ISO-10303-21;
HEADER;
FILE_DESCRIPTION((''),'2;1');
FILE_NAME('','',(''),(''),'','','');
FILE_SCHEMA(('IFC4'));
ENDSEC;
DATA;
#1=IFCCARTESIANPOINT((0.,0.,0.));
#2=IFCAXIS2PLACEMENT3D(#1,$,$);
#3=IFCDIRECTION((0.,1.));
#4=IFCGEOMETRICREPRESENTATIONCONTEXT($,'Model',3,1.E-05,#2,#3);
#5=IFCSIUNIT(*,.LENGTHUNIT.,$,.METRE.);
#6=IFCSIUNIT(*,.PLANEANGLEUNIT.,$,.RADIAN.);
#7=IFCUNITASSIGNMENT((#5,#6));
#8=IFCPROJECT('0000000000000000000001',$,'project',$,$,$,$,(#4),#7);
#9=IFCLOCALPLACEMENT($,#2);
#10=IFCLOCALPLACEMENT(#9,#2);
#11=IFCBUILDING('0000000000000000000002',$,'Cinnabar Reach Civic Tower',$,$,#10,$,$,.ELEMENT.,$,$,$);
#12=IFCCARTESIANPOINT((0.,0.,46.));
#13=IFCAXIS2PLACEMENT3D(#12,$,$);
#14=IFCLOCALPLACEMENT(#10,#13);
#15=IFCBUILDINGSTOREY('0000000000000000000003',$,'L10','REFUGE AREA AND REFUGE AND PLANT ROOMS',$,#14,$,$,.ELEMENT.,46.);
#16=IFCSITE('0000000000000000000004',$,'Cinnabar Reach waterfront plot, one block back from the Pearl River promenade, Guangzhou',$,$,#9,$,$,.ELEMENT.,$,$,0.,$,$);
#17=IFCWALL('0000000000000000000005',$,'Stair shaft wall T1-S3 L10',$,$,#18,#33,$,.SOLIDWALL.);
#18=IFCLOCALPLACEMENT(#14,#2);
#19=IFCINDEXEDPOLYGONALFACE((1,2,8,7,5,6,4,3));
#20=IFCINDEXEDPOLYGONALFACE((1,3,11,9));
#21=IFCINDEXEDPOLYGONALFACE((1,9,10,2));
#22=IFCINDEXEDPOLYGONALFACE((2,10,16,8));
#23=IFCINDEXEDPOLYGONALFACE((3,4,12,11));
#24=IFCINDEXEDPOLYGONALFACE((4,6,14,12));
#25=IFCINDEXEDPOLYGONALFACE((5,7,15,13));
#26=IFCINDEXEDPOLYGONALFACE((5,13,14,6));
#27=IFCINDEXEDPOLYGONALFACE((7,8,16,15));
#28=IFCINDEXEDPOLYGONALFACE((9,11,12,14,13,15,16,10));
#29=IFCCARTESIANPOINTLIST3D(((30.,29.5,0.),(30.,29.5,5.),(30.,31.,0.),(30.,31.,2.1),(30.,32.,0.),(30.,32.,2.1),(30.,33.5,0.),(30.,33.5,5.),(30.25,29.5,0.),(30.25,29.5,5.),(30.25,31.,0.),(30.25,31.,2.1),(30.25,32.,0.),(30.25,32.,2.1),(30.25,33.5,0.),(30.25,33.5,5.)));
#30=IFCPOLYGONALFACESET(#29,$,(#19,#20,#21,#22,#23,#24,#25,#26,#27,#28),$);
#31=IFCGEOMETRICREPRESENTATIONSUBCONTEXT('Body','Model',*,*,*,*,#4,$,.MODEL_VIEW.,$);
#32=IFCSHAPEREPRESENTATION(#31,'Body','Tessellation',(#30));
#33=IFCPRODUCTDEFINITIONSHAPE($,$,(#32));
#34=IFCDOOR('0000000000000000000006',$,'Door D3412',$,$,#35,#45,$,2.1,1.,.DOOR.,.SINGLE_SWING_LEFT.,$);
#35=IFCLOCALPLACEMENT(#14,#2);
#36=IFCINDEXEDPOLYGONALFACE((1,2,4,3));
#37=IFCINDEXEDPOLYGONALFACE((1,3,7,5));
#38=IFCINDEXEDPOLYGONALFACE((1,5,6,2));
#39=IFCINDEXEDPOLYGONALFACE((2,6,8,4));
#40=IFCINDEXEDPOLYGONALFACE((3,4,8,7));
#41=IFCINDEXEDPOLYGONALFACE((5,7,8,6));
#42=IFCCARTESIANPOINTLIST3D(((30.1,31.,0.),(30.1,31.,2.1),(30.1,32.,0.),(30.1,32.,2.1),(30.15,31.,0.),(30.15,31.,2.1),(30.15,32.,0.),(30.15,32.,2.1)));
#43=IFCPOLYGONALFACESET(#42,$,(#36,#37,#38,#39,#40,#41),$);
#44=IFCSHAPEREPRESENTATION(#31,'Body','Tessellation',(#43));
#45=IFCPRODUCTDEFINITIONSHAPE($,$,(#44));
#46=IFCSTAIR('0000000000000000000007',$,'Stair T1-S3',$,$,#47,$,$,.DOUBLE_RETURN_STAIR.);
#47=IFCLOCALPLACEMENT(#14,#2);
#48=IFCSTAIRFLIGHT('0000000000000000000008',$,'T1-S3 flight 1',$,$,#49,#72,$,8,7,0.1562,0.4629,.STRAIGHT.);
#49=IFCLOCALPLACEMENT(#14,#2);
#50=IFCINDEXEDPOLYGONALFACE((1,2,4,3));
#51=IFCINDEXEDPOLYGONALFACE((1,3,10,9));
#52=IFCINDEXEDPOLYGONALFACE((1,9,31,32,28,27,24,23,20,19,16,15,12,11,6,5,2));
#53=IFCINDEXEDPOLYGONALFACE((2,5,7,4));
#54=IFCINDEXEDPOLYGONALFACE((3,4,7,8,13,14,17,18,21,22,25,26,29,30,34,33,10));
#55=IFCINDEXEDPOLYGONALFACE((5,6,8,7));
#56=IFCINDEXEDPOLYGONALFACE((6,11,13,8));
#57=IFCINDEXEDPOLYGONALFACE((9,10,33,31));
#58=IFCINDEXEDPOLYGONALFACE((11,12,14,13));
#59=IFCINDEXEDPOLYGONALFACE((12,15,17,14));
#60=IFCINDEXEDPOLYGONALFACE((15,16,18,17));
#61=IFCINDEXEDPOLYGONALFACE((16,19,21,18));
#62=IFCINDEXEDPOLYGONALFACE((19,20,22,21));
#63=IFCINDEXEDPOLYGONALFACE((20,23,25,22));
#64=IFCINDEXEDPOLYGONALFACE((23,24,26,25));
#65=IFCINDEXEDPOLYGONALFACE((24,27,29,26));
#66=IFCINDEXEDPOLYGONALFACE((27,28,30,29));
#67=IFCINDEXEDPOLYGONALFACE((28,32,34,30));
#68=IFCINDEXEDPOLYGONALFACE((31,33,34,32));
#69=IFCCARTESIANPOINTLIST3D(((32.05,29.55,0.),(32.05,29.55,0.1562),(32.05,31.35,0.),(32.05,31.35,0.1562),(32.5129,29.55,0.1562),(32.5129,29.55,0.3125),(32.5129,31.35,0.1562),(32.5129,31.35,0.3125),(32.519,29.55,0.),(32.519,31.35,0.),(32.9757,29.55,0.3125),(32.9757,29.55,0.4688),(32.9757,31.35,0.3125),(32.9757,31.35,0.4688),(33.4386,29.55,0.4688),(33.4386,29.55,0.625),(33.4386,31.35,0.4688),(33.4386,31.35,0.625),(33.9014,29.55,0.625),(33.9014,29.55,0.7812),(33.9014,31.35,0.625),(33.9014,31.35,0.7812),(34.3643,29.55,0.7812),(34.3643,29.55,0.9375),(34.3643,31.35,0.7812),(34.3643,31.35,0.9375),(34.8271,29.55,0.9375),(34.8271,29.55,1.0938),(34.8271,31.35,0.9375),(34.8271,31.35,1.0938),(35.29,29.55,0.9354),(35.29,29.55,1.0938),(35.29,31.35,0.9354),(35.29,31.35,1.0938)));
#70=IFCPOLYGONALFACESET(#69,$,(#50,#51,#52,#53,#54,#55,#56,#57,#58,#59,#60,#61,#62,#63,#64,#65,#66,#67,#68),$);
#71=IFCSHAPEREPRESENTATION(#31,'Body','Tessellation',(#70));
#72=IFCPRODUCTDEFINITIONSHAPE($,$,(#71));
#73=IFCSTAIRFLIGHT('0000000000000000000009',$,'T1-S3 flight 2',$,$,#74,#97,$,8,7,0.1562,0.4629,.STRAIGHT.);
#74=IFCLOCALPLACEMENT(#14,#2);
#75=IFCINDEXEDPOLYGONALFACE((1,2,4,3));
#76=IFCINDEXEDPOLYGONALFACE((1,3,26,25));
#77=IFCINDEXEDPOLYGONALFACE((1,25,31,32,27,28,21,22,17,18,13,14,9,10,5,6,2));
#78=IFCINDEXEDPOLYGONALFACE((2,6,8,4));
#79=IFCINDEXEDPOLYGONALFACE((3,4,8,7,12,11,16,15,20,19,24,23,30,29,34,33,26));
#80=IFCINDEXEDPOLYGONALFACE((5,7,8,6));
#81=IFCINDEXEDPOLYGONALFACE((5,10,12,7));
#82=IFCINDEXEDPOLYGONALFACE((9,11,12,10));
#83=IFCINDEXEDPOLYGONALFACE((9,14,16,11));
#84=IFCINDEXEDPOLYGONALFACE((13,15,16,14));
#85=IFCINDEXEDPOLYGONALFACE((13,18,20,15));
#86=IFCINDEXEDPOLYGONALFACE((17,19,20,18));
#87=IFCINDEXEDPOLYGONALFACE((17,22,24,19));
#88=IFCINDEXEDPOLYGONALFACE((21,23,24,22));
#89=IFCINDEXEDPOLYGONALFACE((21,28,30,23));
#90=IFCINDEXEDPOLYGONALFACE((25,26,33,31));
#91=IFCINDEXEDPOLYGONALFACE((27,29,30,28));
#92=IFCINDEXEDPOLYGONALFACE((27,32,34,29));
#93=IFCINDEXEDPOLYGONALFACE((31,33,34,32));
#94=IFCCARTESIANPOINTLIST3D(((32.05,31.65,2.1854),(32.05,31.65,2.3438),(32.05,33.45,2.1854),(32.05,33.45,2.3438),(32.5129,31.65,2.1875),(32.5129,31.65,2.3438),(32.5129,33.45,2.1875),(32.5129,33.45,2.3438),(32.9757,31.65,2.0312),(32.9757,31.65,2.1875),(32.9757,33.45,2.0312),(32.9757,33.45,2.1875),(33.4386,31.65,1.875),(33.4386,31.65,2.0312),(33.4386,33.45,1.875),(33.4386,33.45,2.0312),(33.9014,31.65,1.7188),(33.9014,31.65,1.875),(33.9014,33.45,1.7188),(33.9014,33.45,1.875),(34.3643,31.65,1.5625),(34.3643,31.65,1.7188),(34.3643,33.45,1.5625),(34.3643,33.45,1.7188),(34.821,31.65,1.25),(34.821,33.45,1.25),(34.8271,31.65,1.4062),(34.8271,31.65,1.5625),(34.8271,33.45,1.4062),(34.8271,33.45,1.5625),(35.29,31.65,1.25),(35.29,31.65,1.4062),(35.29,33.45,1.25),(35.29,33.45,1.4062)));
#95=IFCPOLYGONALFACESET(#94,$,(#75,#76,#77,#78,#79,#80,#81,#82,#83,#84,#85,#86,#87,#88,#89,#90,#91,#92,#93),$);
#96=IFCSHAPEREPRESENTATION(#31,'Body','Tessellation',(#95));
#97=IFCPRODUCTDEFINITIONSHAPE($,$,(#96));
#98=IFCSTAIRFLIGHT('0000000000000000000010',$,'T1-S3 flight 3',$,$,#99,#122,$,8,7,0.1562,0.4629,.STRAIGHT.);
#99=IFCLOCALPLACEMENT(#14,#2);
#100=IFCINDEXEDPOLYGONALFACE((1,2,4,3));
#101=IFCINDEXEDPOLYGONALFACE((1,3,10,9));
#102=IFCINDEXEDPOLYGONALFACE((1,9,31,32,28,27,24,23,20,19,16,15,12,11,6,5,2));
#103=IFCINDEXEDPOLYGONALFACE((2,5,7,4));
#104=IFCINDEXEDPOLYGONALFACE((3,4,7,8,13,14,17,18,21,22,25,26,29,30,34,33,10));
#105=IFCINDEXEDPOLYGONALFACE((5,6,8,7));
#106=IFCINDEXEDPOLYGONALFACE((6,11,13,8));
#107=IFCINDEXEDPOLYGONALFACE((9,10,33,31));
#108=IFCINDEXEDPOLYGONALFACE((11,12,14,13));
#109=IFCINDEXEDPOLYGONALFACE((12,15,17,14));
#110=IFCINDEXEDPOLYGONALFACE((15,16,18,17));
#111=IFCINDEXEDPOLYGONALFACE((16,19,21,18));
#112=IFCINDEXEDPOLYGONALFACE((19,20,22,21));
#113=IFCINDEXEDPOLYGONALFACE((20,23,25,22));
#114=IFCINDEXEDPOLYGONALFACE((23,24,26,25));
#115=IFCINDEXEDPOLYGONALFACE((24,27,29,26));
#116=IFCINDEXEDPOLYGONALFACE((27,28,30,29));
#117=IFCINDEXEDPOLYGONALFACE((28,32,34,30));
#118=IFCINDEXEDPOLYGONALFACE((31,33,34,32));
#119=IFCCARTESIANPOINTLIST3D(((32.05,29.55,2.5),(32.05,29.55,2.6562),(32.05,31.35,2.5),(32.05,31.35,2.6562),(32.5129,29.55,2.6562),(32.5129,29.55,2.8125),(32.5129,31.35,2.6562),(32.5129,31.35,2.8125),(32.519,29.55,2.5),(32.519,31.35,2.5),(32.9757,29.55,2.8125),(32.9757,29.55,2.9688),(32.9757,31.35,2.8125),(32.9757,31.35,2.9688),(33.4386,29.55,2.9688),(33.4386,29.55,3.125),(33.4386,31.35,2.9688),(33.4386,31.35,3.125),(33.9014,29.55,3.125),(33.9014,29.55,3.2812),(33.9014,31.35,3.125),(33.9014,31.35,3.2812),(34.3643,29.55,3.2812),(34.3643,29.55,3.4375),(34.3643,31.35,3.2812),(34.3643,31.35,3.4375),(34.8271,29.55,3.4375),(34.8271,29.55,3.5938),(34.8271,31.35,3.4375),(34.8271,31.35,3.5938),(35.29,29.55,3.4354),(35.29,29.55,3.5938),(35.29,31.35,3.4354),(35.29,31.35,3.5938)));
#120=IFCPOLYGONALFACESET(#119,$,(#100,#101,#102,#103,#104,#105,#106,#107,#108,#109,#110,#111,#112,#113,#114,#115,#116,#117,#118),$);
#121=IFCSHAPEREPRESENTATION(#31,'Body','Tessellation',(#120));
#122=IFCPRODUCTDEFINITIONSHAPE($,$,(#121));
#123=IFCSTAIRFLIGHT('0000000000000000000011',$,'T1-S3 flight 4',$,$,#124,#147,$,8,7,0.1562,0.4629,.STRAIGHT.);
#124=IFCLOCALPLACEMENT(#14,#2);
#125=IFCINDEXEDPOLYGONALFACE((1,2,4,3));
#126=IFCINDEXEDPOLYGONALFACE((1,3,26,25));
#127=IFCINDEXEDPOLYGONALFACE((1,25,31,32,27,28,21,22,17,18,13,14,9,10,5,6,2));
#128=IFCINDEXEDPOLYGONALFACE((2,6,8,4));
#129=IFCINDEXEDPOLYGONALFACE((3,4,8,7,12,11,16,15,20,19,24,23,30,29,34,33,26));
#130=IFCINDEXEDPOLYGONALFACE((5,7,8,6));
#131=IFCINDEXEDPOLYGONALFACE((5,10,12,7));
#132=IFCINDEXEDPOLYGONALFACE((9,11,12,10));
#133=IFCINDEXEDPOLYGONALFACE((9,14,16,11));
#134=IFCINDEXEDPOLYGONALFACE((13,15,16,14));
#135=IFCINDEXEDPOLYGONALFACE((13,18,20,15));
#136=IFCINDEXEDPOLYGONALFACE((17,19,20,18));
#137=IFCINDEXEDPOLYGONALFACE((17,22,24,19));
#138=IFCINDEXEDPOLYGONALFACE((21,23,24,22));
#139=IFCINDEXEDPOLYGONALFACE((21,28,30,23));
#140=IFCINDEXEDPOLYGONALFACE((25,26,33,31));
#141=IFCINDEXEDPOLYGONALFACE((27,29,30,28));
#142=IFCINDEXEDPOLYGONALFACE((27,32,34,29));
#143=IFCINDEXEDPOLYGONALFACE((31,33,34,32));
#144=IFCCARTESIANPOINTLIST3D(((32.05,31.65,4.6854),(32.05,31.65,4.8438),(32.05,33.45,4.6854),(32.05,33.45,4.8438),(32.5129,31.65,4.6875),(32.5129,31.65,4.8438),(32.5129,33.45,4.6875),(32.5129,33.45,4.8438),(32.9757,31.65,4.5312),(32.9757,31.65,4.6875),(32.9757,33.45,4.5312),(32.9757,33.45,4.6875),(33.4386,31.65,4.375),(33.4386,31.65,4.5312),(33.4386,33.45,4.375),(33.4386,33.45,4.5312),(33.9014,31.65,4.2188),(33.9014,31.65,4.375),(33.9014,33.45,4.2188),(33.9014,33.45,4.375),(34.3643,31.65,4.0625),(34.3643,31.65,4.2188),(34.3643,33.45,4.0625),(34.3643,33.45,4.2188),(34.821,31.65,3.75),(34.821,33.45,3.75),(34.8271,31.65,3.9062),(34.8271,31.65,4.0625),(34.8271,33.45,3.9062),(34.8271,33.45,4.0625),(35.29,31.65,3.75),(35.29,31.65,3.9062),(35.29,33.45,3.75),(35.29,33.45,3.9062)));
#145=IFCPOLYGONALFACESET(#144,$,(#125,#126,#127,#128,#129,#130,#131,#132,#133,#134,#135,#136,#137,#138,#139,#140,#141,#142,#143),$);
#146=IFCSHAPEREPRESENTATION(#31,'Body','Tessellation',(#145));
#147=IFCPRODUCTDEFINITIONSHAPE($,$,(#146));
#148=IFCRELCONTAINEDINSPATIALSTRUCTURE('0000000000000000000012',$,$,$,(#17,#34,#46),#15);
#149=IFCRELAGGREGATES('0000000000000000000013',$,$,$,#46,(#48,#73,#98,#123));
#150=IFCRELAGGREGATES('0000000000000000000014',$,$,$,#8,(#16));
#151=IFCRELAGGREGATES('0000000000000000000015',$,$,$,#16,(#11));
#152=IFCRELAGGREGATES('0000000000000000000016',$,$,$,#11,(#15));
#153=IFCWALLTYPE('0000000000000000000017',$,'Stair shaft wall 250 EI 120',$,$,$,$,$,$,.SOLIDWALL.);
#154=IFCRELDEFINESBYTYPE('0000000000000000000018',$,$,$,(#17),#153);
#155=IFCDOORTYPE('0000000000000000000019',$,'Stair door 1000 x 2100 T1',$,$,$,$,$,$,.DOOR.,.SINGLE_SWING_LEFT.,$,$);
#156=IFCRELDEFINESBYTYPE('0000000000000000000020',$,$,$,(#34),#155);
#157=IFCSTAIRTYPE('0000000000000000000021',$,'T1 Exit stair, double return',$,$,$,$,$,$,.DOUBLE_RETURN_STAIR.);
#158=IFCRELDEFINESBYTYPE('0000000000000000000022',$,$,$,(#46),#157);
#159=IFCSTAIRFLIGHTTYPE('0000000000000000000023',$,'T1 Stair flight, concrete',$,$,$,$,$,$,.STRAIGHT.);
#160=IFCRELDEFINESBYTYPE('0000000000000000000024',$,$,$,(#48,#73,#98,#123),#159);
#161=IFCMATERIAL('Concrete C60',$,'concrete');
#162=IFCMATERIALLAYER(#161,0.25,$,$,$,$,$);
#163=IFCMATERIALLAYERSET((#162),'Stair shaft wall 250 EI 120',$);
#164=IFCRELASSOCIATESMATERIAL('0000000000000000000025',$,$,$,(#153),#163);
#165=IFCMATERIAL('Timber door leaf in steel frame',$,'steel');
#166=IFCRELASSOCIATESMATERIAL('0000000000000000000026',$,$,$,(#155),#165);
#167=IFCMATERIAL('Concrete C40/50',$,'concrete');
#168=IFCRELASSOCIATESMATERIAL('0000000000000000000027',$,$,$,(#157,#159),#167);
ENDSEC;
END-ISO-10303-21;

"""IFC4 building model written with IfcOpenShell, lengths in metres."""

from ifc_helpers import new_model, si_unit, direction, frame, frame_2d, origin, place, context, subcontext, project, spatial, polyline, rectangle, outline, extrude, material, layer, layer_set, type_object, element, fill, aggregate, save


model = new_model("IFC4")

# Units and contexts
model_context = context("Model", 3, precision=1e-05, world=origin(), true_north=direction((0.0, 1.0)))
body_context = subcontext(model_context, "Body", "Model", "MODEL_VIEW")
ifc_project = project(units=[si_unit("LENGTHUNIT", "METRE"), si_unit("PLANEANGLEUNIT", "RADIAN")], contexts=[model_context])

# Site, building, storey
site_placement = place(None, origin())
site = spatial("IfcSite", under=ifc_project, at=site_placement, Name="Cinnabar Reach waterfront plot, one block back from the Pearl River promenade, Guangzhou", CompositionType="ELEMENT", RefElevation=0.0)
building_placement = place(site_placement, origin())
building = spatial("IfcBuilding", under=site, at=building_placement, Name="Cinnabar Reach Civic Tower", CompositionType="ELEMENT")
storey_placement = place(building_placement, frame((0.0, 0.0, 46.0)))
storey = spatial("IfcBuildingStorey", under=building, at=storey_placement, Name="L10", Description="REFUGE AREA AND REFUGE AND PLANT ROOMS", CompositionType="ELEMENT", Elevation=46.0)

# Shared definitions
ifc_material_1 = material(Name="Concrete C60", Category="concrete")
ifc_layer = layer(ifc_material_1, 0.25)
ifc_layer_set = layer_set([ifc_layer], Name="Stair shaft wall 250 EI 120")
wall_type = type_object("IfcWallType", Name="Stair shaft wall 250 EI 120", PredefinedType="SOLIDWALL", material=ifc_layer_set)

# Wall, opening, door
wall_1_placement = place(storey_placement, frame((30.125, 33.5, 0.0), z_axis=(0.0, 0.0, 1.0), x_axis=(0.0, -1.0, 0.0)))
wall_1 = element("IfcWall", 1, at=wall_1_placement, inside=storey, type_object=wall_type, Name="Stair shaft wall T1-S3 L10", PredefinedType="SOLIDWALL", context=body_context, shape_type="SweptSolid", body=[
    extrude(rectangle(XDim=4.0, YDim=0.25, at=frame_2d((2.0, 0.0))), origin(), (0.0, 0.0, 1.0), 5.0),
])
opening_placement = place(wall_1_placement, frame((1.5, 0.0, 0.0)))
opening = element("IfcOpeningElement", 2, at=opening_placement, cuts=wall_1, PredefinedType="OPENING", context=body_context, shape_type="SweptSolid", body=[
    extrude(rectangle(XDim=1.0, YDim=2.1, at=frame_2d((0.5, 1.05))), frame((0.0, 0.135, 0.0), z_axis=(0.0, -1.0, 0.0), x_axis=(1.0, 0.0, 0.0)), (0.0, 0.0, 1.0), 0.27),
])
ifc_material_2 = material(Name="Timber door leaf in steel frame", Category="steel")
door_type = type_object("IfcDoorType", Name="Stair door 1000 x 2100 T1", OperationType="SINGLE_SWING_LEFT", PredefinedType="DOOR", material=ifc_material_2)
door_placement = place(opening_placement, origin())
door = element("IfcDoor", 3, at=door_placement, inside=storey, type_object=door_type, Name="Door D3412", OperationType="SINGLE_SWING_LEFT", OverallHeight=2.1, OverallWidth=1.0, PredefinedType="DOOR", context=body_context, shape_type="SweptSolid", body=[
    extrude(rectangle(XDim=1.0, YDim=2.1, at=frame_2d((0.5, 1.05))), frame((0.0, 0.025, 0.0), z_axis=(0.0, -1.0, 0.0), x_axis=(1.0, 0.0, 0.0)), (0.0, 0.0, 1.0), 0.05),
])
fill(opening, door)

# Stair, stair flights
ifc_material_3 = material(Name="Concrete C40/50", Category="concrete")
stair_type = type_object("IfcStairType", Name="T1 Exit stair, double return", PredefinedType="DOUBLE_RETURN_STAIR", material=ifc_material_3)
stair_placement = place(storey_placement, origin())
stair = element("IfcStair", 4, at=stair_placement, inside=storey, type_object=stair_type, Name="Stair T1-S3", PredefinedType="DOUBLE_RETURN_STAIR")
stair_flight_type = type_object("IfcStairFlightType", Name="T1 Stair flight, concrete", PredefinedType="STRAIGHT", material=ifc_material_3)
stair_flight_1_placement = place(storey_placement, frame((32.05, 30.45, 0.0), z_axis=(0.0, 0.0, 1.0), x_axis=(1.0, 0.0, 0.0)))
stair_flight_1 = element("IfcStairFlight", 5, at=stair_flight_1_placement, type_object=stair_flight_type, Name="T1-S3 flight 1", NumberOfRisers=8, NumberOfTreads=7, PredefinedType="STRAIGHT", RiserHeight=0.1562, TreadLength=0.4629, context=body_context, shape_type="SweptSolid", body=[
    extrude(outline(polyline([(0.0, 0.0), (0.0, 0.1562), (0.4629, 0.1562), (0.4629, 0.3125), (0.9257, 0.3125), (0.9257, 0.4688), (1.3886, 0.4688), (1.3886, 0.625), (1.8514, 0.625), (1.8514, 0.7812), (2.3143, 0.7812), (2.3143, 0.9375), (2.7771, 0.9375), (2.7771, 1.0938), (3.24, 1.0938), (3.24, 1.25), (3.24, 0.9354), (0.469, 0.0), (0.0, 0.0)])), frame((0.0, 0.9, 0.0), z_axis=(0.0, -1.0, 0.0), x_axis=(1.0, 0.0, 0.0)), (0.0, 0.0, 1.0), 1.8),
])
stair_flight_2_placement = place(storey_placement, frame((35.29, 32.55, 1.25), z_axis=(0.0, 0.0, 1.0), x_axis=(-1.0, 0.0, 0.0)))
stair_flight_2 = element("IfcStairFlight", 6, at=stair_flight_2_placement, type_object=stair_flight_type, Name="T1-S3 flight 2", NumberOfRisers=8, NumberOfTreads=7, PredefinedType="STRAIGHT", RiserHeight=0.1562, TreadLength=0.4629, context=body_context, shape_type="SweptSolid", body=[
    extrude(outline(polyline([(0.0, 0.0), (0.0, 0.1562), (0.4629, 0.1562), (0.4629, 0.3125), (0.9257, 0.3125), (0.9257, 0.4688), (1.3886, 0.4688), (1.3886, 0.625), (1.8514, 0.625), (1.8514, 0.7812), (2.3143, 0.7812), (2.3143, 0.9375), (2.7771, 0.9375), (2.7771, 1.0938), (3.24, 1.0938), (3.24, 1.25), (3.24, 0.9354), (0.469, 0.0), (0.0, 0.0)])), frame((0.0, 0.9, 0.0), z_axis=(0.0, -1.0, 0.0), x_axis=(1.0, 0.0, 0.0)), (0.0, 0.0, 1.0), 1.8),
])
stair_flight_3_placement = place(storey_placement, frame((32.05, 30.45, 2.5), z_axis=(0.0, 0.0, 1.0), x_axis=(1.0, 0.0, 0.0)))
stair_flight_3 = element("IfcStairFlight", 7, at=stair_flight_3_placement, type_object=stair_flight_type, Name="T1-S3 flight 3", NumberOfRisers=8, NumberOfTreads=7, PredefinedType="STRAIGHT", RiserHeight=0.1562, TreadLength=0.4629, context=body_context, shape_type="SweptSolid", body=[
    extrude(outline(polyline([(0.0, 0.0), (0.0, 0.1562), (0.4629, 0.1562), (0.4629, 0.3125), (0.9257, 0.3125), (0.9257, 0.4688), (1.3886, 0.4688), (1.3886, 0.625), (1.8514, 0.625), (1.8514, 0.7812), (2.3143, 0.7812), (2.3143, 0.9375), (2.7771, 0.9375), (2.7771, 1.0938), (3.24, 1.0938), (3.24, 1.25), (3.24, 0.9354), (0.469, 0.0), (0.0, 0.0)])), frame((0.0, 0.9, 0.0), z_axis=(0.0, -1.0, 0.0), x_axis=(1.0, 0.0, 0.0)), (0.0, 0.0, 1.0), 1.8),
])
stair_flight_4_placement = place(storey_placement, frame((35.29, 32.55, 3.75), z_axis=(0.0, 0.0, 1.0), x_axis=(-1.0, 0.0, 0.0)))
stair_flight_4 = element("IfcStairFlight", 8, at=stair_flight_4_placement, type_object=stair_flight_type, Name="T1-S3 flight 4", NumberOfRisers=8, NumberOfTreads=7, PredefinedType="STRAIGHT", RiserHeight=0.1562, TreadLength=0.4629, context=body_context, shape_type="SweptSolid", body=[
    extrude(outline(polyline([(0.0, 0.0), (0.0, 0.1562), (0.4629, 0.1562), (0.4629, 0.3125), (0.9257, 0.3125), (0.9257, 0.4688), (1.3886, 0.4688), (1.3886, 0.625), (1.8514, 0.625), (1.8514, 0.7812), (2.3143, 0.7812), (2.3143, 0.9375), (2.7771, 0.9375), (2.7771, 1.0938), (3.24, 1.0938), (3.24, 1.25), (3.24, 0.9354), (0.469, 0.0), (0.0, 0.0)])), frame((0.0, 0.9, 0.0), z_axis=(0.0, -1.0, 0.0), x_axis=(1.0, 0.0, 0.0)), (0.0, 0.0, 1.0), 1.8),
])
aggregate(stair, [stair_flight_1, stair_flight_2, stair_flight_3, stair_flight_4])

save(model, "model.ifc")
